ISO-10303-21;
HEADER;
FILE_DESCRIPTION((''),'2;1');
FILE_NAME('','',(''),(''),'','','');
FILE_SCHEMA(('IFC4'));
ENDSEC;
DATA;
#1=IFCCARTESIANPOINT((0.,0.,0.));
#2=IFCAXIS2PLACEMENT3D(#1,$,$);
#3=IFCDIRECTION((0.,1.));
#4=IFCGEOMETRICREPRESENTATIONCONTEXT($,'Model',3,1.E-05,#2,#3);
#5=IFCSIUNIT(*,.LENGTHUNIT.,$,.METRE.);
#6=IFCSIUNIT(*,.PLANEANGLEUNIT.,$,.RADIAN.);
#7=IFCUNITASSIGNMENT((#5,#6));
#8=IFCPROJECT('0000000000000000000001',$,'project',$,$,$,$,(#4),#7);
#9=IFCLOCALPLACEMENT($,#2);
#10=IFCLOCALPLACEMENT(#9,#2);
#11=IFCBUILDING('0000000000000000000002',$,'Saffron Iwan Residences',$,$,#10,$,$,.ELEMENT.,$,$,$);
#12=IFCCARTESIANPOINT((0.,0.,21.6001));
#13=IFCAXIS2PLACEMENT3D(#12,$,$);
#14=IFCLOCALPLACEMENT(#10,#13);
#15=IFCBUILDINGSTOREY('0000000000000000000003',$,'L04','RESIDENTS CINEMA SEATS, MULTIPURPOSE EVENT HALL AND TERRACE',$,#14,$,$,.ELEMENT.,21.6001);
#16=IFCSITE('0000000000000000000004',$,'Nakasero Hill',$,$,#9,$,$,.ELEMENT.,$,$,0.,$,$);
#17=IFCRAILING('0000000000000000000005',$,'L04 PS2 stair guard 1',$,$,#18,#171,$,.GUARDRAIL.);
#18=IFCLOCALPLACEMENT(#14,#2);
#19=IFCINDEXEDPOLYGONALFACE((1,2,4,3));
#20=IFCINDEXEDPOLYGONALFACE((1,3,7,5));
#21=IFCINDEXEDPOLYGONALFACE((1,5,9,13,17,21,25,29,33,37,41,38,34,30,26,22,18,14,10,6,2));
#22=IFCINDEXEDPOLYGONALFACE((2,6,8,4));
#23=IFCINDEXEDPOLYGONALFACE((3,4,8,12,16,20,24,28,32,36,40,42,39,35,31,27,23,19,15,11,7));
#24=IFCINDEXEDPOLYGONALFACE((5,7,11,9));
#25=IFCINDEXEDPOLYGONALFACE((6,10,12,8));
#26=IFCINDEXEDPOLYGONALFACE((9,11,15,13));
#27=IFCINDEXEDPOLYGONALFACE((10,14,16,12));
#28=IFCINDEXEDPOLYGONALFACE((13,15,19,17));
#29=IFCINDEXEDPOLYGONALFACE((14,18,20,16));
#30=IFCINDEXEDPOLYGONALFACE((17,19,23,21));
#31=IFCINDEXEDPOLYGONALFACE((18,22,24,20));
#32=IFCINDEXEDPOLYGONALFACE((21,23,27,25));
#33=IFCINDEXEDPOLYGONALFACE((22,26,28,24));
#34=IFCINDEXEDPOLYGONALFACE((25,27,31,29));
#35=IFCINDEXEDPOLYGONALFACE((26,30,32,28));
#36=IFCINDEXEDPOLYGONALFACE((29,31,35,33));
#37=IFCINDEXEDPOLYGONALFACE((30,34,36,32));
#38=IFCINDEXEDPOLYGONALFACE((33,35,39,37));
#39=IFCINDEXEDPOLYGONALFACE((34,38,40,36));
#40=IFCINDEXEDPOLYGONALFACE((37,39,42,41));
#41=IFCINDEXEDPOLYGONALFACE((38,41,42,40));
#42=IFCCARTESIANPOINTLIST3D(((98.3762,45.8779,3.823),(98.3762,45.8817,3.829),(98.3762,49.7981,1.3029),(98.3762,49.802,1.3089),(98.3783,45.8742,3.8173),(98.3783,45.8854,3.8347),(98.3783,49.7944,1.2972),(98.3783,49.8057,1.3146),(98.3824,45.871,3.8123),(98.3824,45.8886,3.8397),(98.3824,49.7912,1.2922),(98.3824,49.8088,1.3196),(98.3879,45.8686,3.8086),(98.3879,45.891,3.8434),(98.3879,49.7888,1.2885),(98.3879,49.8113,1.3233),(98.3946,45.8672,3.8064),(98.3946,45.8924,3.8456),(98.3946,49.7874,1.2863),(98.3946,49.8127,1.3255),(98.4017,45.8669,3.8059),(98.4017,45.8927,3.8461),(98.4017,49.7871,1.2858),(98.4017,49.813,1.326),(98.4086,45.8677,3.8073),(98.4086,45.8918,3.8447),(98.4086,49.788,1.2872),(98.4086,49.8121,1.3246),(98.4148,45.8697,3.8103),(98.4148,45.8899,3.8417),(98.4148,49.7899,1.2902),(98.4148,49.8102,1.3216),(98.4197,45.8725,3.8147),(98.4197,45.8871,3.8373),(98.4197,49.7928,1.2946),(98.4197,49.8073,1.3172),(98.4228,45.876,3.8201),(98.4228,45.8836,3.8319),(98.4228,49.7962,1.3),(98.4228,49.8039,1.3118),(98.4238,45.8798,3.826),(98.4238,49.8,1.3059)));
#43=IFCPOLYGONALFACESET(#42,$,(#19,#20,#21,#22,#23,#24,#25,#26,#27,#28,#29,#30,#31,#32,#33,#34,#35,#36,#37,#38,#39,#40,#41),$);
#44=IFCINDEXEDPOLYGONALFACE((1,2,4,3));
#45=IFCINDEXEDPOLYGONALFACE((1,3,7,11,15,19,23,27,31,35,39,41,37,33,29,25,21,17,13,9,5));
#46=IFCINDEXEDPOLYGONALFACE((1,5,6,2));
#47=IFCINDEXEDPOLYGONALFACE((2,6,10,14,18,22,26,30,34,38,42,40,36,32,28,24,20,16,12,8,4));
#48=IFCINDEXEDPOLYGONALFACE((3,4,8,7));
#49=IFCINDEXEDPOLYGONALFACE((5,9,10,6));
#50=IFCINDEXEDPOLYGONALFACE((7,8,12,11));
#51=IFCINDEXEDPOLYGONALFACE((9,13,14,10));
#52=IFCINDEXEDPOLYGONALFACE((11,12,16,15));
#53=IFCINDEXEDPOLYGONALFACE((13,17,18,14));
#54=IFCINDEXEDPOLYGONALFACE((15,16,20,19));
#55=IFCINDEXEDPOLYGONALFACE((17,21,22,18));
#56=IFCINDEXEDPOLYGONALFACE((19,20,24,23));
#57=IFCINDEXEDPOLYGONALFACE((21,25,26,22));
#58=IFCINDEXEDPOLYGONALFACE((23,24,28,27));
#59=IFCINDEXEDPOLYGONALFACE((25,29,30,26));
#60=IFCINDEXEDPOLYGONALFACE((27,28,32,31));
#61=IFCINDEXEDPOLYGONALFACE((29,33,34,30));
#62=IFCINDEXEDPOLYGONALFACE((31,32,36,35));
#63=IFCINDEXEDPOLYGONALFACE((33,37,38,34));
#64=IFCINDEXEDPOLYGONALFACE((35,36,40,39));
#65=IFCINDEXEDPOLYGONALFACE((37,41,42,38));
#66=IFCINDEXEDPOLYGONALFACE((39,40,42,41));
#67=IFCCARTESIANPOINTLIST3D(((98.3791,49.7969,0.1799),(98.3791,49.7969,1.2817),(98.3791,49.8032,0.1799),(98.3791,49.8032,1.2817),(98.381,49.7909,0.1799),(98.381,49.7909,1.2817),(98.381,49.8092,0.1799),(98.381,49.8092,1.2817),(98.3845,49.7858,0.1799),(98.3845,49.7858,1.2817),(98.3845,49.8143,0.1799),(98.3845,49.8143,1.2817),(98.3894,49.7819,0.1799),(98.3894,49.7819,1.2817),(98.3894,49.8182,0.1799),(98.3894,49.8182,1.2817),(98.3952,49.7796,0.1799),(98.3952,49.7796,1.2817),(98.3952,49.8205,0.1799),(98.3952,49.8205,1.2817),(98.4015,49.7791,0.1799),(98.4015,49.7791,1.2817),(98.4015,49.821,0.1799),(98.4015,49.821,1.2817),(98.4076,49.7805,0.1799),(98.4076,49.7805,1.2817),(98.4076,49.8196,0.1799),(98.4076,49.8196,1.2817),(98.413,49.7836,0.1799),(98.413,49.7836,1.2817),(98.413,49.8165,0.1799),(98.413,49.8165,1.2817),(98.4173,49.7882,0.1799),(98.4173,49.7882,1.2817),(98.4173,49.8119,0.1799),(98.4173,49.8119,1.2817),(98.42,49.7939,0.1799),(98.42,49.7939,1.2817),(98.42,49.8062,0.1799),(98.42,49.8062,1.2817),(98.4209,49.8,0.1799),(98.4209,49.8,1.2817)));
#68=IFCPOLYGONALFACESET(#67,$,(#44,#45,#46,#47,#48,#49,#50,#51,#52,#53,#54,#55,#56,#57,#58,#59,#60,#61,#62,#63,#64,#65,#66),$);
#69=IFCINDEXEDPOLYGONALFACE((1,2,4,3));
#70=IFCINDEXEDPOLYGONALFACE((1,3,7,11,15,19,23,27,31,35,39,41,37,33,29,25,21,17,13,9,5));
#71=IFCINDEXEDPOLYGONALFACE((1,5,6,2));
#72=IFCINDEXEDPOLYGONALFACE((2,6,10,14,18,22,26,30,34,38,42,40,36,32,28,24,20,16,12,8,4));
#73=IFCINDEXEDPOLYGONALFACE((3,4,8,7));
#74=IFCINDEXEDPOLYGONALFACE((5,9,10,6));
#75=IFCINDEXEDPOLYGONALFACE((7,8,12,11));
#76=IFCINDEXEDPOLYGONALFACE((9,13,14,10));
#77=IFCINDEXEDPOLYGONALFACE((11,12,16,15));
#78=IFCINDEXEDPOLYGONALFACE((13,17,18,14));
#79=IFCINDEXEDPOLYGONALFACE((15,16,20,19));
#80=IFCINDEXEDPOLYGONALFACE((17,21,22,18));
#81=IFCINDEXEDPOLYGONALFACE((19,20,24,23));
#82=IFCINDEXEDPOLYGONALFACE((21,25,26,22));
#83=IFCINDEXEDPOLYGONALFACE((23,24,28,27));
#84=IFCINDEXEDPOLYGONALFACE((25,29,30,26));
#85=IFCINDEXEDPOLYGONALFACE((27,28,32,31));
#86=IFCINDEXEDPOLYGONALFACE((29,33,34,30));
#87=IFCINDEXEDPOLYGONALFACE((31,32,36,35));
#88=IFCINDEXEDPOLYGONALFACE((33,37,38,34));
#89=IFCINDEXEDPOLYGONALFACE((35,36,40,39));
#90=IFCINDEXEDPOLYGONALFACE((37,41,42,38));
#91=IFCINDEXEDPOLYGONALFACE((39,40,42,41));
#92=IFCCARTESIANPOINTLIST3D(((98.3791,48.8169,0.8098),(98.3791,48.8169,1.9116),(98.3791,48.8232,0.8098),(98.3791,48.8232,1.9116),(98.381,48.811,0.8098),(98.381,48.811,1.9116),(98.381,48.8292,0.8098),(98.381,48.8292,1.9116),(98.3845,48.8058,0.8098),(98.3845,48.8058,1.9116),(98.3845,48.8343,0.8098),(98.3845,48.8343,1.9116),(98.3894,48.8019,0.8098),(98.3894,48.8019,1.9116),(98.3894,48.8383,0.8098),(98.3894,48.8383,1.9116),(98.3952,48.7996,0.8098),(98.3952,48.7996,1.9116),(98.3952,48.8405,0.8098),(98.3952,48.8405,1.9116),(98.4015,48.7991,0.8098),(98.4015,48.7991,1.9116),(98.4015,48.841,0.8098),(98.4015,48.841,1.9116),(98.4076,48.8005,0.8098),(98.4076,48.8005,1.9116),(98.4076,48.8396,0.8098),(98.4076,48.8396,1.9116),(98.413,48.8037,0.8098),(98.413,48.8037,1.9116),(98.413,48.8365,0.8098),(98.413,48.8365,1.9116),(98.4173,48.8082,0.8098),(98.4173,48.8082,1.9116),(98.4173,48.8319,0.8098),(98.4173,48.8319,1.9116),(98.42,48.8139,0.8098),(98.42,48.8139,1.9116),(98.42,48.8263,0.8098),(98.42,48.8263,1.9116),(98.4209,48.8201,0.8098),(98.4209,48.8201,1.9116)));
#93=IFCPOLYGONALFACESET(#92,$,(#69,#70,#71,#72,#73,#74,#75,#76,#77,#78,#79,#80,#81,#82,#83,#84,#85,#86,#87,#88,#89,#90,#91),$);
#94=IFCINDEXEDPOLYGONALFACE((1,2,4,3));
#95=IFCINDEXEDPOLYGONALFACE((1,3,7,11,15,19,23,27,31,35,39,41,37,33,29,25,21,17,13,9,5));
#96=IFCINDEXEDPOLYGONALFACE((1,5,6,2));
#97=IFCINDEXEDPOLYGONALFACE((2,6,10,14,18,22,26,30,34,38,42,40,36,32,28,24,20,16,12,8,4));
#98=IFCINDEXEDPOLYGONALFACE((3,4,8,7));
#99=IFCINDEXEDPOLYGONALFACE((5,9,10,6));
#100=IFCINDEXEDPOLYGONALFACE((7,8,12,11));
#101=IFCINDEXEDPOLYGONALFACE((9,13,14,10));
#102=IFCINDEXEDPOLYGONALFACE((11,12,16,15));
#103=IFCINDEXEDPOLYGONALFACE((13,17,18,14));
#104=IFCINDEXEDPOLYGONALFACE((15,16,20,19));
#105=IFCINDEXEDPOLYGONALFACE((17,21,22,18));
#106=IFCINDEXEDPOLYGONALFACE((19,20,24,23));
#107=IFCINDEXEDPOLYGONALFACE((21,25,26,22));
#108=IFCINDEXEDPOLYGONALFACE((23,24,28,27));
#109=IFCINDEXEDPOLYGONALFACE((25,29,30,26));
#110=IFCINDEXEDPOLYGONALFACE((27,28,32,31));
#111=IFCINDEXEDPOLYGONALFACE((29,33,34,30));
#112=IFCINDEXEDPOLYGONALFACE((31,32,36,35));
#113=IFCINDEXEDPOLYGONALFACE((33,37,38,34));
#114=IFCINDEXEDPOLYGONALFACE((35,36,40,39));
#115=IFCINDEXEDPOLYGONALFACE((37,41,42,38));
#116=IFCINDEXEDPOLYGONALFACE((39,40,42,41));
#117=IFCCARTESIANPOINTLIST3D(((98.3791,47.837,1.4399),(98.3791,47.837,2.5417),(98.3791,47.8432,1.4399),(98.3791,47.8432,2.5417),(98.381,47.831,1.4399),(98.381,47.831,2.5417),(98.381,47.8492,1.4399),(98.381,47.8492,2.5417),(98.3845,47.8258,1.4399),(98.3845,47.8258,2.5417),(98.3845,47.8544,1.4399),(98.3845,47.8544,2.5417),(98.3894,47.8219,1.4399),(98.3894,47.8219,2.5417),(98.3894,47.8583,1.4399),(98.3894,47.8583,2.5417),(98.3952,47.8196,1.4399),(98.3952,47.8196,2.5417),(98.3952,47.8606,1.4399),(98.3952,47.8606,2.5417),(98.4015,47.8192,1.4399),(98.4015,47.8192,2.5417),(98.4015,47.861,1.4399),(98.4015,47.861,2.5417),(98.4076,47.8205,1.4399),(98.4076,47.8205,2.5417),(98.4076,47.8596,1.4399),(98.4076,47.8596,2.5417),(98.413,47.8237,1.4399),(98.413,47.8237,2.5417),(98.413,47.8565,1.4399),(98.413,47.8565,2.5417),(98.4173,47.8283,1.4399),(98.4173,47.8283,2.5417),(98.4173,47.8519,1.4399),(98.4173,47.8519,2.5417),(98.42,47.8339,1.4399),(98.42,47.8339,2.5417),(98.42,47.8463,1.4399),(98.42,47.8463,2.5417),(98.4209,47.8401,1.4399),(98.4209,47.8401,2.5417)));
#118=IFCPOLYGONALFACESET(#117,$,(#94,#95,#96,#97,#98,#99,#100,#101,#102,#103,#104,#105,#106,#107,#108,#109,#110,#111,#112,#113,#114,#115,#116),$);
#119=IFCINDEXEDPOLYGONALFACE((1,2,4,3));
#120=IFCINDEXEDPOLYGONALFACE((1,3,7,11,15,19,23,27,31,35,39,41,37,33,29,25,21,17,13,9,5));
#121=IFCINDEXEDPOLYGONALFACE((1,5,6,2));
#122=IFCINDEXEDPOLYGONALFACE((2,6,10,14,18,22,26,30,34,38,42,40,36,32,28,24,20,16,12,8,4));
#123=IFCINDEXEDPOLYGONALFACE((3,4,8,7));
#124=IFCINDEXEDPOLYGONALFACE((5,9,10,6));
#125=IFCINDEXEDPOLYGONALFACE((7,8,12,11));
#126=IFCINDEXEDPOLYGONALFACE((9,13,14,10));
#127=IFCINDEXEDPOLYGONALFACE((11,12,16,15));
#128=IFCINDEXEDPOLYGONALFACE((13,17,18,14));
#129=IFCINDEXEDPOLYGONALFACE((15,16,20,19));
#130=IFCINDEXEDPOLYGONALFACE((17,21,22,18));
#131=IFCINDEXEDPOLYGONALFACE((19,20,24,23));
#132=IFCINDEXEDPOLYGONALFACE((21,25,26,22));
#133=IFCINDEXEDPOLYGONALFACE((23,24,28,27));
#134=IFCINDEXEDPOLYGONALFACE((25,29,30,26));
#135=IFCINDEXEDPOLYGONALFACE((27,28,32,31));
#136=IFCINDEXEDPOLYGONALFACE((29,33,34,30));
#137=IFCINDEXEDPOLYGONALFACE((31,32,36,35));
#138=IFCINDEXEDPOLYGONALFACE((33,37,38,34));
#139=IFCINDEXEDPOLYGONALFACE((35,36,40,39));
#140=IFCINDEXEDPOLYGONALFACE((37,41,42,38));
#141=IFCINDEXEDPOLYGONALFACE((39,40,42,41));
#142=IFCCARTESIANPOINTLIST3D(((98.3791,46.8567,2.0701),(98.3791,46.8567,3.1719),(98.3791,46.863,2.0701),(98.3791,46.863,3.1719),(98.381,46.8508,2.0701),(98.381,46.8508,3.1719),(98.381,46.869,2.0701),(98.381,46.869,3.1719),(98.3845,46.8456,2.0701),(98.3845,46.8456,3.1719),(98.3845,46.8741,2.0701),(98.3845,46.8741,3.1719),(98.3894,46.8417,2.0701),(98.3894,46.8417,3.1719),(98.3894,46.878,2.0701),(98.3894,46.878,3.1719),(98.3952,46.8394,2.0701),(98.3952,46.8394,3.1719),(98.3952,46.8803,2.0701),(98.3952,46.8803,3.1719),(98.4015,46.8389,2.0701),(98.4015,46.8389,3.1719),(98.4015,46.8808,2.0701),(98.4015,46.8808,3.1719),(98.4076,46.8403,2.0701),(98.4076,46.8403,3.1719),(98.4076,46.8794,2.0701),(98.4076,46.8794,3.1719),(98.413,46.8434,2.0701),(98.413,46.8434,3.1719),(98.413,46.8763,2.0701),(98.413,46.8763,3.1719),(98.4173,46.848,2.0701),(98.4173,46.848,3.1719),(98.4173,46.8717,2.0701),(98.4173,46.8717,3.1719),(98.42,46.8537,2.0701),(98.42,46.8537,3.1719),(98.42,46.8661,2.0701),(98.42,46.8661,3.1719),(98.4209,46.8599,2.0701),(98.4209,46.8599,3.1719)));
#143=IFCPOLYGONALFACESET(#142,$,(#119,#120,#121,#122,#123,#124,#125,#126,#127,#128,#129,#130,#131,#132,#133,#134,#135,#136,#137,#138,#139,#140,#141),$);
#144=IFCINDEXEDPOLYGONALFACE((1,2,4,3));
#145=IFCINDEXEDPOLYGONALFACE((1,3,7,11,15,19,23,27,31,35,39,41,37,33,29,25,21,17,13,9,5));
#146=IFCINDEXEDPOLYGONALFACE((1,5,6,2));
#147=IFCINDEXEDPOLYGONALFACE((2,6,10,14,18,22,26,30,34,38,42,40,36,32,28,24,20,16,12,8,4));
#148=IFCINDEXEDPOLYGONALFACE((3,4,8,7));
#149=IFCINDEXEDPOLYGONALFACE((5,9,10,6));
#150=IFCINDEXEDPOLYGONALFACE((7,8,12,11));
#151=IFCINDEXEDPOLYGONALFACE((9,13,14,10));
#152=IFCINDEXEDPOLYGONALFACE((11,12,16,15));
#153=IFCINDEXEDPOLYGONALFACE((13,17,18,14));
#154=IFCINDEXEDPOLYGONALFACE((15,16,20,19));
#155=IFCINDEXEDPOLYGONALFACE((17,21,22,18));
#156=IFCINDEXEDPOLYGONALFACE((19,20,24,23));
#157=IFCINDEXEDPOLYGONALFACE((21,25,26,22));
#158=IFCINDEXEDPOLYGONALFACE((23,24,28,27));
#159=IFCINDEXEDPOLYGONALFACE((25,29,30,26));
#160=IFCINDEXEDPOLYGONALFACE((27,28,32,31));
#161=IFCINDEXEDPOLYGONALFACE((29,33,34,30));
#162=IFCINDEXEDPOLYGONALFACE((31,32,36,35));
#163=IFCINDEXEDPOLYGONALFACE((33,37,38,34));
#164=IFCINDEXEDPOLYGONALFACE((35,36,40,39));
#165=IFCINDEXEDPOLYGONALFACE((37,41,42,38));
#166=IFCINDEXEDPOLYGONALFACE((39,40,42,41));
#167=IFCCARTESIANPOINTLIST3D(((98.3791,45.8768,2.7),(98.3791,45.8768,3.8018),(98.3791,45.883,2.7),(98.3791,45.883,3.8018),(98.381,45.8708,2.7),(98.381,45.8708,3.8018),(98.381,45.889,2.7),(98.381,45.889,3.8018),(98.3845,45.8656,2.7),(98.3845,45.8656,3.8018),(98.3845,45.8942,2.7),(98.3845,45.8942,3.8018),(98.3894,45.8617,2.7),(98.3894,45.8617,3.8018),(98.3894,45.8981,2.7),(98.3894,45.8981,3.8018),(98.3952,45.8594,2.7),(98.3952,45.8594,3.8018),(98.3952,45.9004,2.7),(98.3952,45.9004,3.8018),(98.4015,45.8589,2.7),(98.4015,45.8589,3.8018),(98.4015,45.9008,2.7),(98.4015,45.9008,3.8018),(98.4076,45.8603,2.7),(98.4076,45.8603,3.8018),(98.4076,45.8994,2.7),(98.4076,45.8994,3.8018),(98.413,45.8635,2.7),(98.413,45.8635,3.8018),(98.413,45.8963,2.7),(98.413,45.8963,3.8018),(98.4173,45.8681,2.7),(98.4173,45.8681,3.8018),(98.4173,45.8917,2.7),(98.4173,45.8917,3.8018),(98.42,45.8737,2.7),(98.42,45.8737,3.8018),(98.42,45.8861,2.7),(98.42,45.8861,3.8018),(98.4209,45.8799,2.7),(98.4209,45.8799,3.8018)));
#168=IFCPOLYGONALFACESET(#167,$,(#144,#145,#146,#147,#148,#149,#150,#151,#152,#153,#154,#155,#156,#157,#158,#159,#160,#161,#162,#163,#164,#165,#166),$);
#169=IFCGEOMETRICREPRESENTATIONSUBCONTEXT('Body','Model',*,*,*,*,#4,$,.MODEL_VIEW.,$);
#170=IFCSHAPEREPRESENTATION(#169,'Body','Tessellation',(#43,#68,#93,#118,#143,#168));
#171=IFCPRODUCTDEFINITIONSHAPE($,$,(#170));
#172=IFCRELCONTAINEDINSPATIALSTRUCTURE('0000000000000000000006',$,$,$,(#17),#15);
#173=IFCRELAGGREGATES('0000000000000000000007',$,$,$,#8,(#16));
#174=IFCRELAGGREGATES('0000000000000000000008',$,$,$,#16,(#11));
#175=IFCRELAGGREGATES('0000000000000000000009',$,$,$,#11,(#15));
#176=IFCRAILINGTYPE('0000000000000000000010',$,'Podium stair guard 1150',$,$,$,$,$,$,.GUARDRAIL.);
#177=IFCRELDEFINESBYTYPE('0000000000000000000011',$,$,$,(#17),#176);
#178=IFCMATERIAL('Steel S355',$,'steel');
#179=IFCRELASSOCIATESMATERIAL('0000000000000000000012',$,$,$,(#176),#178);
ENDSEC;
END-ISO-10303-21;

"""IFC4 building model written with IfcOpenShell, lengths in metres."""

from ifc_helpers import new_model, si_unit, direction, frame, origin, origin_2d, place, context, subcontext, project, spatial, circle, extrude, material, type_object, element, save


model = new_model("IFC4")

# Units and contexts
model_context = context("Model", 3, precision=1e-05, world=origin(), true_north=direction((0.0, 1.0)))
body_context = subcontext(model_context, "Body", "Model", "MODEL_VIEW")
ifc_project = project(units=[si_unit("LENGTHUNIT", "METRE"), si_unit("PLANEANGLEUNIT", "RADIAN")], contexts=[model_context])

# Site, building, storey
site_placement = place(None, origin())
site = spatial("IfcSite", under=ifc_project, at=site_placement, Name="Nakasero Hill", CompositionType="ELEMENT", RefElevation=0.0)
building_placement = place(site_placement, origin())
building = spatial("IfcBuilding", under=site, at=building_placement, Name="Saffron Iwan Residences", CompositionType="ELEMENT")
storey_placement = place(building_placement, frame((0.0, 0.0, 21.6001)))
storey = spatial("IfcBuildingStorey", under=building, at=storey_placement, Name="L04", Description="RESIDENTS CINEMA SEATS, MULTIPURPOSE EVENT HALL AND TERRACE", CompositionType="ELEMENT", Elevation=21.6001)

# Railing
ifc_material_1 = material(Name="Steel S355", Category="steel")
railing_type_1 = type_object("IfcRailingType", Name="Podium stair guard 1150", PredefinedType="GUARDRAIL", material=ifc_material_1)
railing_1_placement = place(storey_placement, frame((98.3999, 49.8, 0.1799)))
element("IfcRailing", 1, at=railing_1_placement, inside=storey, type_object=railing_type_1, Name="L04 PS2 stair guard 1", PredefinedType="GUARDRAIL", context=body_context, shape_type="SweptSolid", body=[
    extrude(circle(Radius=0.0239, at=origin_2d()), frame((0.0, 0.0, 1.126), z_axis=(0.0, -0.841187, 0.540744), x_axis=(1.0, 0.0, 0.0)), (0.0, 0.0, 1.0), 4.6604),
    extrude(circle(Radius=0.021, at=origin_2d()), origin(), (0.0, 0.0, 1.0), 1.1018),
    extrude(circle(Radius=0.021, at=origin_2d()), frame((0.0, -0.98, 0.6299)), (0.0, 0.0, 1.0), 1.1018),
    extrude(circle(Radius=0.021, at=origin_2d()), frame((0.0, -1.96, 1.26)), (0.0, 0.0, 1.0), 1.1018),
    extrude(circle(Radius=0.021, at=origin_2d()), frame((0.0, -2.9402, 1.8901)), (0.0, 0.0, 1.0), 1.1018),
    extrude(circle(Radius=0.021, at=origin_2d()), frame((0.0, -3.9202, 2.52)), (0.0, 0.0, 1.0), 1.1018),
])

save(model, "model.ifc")
